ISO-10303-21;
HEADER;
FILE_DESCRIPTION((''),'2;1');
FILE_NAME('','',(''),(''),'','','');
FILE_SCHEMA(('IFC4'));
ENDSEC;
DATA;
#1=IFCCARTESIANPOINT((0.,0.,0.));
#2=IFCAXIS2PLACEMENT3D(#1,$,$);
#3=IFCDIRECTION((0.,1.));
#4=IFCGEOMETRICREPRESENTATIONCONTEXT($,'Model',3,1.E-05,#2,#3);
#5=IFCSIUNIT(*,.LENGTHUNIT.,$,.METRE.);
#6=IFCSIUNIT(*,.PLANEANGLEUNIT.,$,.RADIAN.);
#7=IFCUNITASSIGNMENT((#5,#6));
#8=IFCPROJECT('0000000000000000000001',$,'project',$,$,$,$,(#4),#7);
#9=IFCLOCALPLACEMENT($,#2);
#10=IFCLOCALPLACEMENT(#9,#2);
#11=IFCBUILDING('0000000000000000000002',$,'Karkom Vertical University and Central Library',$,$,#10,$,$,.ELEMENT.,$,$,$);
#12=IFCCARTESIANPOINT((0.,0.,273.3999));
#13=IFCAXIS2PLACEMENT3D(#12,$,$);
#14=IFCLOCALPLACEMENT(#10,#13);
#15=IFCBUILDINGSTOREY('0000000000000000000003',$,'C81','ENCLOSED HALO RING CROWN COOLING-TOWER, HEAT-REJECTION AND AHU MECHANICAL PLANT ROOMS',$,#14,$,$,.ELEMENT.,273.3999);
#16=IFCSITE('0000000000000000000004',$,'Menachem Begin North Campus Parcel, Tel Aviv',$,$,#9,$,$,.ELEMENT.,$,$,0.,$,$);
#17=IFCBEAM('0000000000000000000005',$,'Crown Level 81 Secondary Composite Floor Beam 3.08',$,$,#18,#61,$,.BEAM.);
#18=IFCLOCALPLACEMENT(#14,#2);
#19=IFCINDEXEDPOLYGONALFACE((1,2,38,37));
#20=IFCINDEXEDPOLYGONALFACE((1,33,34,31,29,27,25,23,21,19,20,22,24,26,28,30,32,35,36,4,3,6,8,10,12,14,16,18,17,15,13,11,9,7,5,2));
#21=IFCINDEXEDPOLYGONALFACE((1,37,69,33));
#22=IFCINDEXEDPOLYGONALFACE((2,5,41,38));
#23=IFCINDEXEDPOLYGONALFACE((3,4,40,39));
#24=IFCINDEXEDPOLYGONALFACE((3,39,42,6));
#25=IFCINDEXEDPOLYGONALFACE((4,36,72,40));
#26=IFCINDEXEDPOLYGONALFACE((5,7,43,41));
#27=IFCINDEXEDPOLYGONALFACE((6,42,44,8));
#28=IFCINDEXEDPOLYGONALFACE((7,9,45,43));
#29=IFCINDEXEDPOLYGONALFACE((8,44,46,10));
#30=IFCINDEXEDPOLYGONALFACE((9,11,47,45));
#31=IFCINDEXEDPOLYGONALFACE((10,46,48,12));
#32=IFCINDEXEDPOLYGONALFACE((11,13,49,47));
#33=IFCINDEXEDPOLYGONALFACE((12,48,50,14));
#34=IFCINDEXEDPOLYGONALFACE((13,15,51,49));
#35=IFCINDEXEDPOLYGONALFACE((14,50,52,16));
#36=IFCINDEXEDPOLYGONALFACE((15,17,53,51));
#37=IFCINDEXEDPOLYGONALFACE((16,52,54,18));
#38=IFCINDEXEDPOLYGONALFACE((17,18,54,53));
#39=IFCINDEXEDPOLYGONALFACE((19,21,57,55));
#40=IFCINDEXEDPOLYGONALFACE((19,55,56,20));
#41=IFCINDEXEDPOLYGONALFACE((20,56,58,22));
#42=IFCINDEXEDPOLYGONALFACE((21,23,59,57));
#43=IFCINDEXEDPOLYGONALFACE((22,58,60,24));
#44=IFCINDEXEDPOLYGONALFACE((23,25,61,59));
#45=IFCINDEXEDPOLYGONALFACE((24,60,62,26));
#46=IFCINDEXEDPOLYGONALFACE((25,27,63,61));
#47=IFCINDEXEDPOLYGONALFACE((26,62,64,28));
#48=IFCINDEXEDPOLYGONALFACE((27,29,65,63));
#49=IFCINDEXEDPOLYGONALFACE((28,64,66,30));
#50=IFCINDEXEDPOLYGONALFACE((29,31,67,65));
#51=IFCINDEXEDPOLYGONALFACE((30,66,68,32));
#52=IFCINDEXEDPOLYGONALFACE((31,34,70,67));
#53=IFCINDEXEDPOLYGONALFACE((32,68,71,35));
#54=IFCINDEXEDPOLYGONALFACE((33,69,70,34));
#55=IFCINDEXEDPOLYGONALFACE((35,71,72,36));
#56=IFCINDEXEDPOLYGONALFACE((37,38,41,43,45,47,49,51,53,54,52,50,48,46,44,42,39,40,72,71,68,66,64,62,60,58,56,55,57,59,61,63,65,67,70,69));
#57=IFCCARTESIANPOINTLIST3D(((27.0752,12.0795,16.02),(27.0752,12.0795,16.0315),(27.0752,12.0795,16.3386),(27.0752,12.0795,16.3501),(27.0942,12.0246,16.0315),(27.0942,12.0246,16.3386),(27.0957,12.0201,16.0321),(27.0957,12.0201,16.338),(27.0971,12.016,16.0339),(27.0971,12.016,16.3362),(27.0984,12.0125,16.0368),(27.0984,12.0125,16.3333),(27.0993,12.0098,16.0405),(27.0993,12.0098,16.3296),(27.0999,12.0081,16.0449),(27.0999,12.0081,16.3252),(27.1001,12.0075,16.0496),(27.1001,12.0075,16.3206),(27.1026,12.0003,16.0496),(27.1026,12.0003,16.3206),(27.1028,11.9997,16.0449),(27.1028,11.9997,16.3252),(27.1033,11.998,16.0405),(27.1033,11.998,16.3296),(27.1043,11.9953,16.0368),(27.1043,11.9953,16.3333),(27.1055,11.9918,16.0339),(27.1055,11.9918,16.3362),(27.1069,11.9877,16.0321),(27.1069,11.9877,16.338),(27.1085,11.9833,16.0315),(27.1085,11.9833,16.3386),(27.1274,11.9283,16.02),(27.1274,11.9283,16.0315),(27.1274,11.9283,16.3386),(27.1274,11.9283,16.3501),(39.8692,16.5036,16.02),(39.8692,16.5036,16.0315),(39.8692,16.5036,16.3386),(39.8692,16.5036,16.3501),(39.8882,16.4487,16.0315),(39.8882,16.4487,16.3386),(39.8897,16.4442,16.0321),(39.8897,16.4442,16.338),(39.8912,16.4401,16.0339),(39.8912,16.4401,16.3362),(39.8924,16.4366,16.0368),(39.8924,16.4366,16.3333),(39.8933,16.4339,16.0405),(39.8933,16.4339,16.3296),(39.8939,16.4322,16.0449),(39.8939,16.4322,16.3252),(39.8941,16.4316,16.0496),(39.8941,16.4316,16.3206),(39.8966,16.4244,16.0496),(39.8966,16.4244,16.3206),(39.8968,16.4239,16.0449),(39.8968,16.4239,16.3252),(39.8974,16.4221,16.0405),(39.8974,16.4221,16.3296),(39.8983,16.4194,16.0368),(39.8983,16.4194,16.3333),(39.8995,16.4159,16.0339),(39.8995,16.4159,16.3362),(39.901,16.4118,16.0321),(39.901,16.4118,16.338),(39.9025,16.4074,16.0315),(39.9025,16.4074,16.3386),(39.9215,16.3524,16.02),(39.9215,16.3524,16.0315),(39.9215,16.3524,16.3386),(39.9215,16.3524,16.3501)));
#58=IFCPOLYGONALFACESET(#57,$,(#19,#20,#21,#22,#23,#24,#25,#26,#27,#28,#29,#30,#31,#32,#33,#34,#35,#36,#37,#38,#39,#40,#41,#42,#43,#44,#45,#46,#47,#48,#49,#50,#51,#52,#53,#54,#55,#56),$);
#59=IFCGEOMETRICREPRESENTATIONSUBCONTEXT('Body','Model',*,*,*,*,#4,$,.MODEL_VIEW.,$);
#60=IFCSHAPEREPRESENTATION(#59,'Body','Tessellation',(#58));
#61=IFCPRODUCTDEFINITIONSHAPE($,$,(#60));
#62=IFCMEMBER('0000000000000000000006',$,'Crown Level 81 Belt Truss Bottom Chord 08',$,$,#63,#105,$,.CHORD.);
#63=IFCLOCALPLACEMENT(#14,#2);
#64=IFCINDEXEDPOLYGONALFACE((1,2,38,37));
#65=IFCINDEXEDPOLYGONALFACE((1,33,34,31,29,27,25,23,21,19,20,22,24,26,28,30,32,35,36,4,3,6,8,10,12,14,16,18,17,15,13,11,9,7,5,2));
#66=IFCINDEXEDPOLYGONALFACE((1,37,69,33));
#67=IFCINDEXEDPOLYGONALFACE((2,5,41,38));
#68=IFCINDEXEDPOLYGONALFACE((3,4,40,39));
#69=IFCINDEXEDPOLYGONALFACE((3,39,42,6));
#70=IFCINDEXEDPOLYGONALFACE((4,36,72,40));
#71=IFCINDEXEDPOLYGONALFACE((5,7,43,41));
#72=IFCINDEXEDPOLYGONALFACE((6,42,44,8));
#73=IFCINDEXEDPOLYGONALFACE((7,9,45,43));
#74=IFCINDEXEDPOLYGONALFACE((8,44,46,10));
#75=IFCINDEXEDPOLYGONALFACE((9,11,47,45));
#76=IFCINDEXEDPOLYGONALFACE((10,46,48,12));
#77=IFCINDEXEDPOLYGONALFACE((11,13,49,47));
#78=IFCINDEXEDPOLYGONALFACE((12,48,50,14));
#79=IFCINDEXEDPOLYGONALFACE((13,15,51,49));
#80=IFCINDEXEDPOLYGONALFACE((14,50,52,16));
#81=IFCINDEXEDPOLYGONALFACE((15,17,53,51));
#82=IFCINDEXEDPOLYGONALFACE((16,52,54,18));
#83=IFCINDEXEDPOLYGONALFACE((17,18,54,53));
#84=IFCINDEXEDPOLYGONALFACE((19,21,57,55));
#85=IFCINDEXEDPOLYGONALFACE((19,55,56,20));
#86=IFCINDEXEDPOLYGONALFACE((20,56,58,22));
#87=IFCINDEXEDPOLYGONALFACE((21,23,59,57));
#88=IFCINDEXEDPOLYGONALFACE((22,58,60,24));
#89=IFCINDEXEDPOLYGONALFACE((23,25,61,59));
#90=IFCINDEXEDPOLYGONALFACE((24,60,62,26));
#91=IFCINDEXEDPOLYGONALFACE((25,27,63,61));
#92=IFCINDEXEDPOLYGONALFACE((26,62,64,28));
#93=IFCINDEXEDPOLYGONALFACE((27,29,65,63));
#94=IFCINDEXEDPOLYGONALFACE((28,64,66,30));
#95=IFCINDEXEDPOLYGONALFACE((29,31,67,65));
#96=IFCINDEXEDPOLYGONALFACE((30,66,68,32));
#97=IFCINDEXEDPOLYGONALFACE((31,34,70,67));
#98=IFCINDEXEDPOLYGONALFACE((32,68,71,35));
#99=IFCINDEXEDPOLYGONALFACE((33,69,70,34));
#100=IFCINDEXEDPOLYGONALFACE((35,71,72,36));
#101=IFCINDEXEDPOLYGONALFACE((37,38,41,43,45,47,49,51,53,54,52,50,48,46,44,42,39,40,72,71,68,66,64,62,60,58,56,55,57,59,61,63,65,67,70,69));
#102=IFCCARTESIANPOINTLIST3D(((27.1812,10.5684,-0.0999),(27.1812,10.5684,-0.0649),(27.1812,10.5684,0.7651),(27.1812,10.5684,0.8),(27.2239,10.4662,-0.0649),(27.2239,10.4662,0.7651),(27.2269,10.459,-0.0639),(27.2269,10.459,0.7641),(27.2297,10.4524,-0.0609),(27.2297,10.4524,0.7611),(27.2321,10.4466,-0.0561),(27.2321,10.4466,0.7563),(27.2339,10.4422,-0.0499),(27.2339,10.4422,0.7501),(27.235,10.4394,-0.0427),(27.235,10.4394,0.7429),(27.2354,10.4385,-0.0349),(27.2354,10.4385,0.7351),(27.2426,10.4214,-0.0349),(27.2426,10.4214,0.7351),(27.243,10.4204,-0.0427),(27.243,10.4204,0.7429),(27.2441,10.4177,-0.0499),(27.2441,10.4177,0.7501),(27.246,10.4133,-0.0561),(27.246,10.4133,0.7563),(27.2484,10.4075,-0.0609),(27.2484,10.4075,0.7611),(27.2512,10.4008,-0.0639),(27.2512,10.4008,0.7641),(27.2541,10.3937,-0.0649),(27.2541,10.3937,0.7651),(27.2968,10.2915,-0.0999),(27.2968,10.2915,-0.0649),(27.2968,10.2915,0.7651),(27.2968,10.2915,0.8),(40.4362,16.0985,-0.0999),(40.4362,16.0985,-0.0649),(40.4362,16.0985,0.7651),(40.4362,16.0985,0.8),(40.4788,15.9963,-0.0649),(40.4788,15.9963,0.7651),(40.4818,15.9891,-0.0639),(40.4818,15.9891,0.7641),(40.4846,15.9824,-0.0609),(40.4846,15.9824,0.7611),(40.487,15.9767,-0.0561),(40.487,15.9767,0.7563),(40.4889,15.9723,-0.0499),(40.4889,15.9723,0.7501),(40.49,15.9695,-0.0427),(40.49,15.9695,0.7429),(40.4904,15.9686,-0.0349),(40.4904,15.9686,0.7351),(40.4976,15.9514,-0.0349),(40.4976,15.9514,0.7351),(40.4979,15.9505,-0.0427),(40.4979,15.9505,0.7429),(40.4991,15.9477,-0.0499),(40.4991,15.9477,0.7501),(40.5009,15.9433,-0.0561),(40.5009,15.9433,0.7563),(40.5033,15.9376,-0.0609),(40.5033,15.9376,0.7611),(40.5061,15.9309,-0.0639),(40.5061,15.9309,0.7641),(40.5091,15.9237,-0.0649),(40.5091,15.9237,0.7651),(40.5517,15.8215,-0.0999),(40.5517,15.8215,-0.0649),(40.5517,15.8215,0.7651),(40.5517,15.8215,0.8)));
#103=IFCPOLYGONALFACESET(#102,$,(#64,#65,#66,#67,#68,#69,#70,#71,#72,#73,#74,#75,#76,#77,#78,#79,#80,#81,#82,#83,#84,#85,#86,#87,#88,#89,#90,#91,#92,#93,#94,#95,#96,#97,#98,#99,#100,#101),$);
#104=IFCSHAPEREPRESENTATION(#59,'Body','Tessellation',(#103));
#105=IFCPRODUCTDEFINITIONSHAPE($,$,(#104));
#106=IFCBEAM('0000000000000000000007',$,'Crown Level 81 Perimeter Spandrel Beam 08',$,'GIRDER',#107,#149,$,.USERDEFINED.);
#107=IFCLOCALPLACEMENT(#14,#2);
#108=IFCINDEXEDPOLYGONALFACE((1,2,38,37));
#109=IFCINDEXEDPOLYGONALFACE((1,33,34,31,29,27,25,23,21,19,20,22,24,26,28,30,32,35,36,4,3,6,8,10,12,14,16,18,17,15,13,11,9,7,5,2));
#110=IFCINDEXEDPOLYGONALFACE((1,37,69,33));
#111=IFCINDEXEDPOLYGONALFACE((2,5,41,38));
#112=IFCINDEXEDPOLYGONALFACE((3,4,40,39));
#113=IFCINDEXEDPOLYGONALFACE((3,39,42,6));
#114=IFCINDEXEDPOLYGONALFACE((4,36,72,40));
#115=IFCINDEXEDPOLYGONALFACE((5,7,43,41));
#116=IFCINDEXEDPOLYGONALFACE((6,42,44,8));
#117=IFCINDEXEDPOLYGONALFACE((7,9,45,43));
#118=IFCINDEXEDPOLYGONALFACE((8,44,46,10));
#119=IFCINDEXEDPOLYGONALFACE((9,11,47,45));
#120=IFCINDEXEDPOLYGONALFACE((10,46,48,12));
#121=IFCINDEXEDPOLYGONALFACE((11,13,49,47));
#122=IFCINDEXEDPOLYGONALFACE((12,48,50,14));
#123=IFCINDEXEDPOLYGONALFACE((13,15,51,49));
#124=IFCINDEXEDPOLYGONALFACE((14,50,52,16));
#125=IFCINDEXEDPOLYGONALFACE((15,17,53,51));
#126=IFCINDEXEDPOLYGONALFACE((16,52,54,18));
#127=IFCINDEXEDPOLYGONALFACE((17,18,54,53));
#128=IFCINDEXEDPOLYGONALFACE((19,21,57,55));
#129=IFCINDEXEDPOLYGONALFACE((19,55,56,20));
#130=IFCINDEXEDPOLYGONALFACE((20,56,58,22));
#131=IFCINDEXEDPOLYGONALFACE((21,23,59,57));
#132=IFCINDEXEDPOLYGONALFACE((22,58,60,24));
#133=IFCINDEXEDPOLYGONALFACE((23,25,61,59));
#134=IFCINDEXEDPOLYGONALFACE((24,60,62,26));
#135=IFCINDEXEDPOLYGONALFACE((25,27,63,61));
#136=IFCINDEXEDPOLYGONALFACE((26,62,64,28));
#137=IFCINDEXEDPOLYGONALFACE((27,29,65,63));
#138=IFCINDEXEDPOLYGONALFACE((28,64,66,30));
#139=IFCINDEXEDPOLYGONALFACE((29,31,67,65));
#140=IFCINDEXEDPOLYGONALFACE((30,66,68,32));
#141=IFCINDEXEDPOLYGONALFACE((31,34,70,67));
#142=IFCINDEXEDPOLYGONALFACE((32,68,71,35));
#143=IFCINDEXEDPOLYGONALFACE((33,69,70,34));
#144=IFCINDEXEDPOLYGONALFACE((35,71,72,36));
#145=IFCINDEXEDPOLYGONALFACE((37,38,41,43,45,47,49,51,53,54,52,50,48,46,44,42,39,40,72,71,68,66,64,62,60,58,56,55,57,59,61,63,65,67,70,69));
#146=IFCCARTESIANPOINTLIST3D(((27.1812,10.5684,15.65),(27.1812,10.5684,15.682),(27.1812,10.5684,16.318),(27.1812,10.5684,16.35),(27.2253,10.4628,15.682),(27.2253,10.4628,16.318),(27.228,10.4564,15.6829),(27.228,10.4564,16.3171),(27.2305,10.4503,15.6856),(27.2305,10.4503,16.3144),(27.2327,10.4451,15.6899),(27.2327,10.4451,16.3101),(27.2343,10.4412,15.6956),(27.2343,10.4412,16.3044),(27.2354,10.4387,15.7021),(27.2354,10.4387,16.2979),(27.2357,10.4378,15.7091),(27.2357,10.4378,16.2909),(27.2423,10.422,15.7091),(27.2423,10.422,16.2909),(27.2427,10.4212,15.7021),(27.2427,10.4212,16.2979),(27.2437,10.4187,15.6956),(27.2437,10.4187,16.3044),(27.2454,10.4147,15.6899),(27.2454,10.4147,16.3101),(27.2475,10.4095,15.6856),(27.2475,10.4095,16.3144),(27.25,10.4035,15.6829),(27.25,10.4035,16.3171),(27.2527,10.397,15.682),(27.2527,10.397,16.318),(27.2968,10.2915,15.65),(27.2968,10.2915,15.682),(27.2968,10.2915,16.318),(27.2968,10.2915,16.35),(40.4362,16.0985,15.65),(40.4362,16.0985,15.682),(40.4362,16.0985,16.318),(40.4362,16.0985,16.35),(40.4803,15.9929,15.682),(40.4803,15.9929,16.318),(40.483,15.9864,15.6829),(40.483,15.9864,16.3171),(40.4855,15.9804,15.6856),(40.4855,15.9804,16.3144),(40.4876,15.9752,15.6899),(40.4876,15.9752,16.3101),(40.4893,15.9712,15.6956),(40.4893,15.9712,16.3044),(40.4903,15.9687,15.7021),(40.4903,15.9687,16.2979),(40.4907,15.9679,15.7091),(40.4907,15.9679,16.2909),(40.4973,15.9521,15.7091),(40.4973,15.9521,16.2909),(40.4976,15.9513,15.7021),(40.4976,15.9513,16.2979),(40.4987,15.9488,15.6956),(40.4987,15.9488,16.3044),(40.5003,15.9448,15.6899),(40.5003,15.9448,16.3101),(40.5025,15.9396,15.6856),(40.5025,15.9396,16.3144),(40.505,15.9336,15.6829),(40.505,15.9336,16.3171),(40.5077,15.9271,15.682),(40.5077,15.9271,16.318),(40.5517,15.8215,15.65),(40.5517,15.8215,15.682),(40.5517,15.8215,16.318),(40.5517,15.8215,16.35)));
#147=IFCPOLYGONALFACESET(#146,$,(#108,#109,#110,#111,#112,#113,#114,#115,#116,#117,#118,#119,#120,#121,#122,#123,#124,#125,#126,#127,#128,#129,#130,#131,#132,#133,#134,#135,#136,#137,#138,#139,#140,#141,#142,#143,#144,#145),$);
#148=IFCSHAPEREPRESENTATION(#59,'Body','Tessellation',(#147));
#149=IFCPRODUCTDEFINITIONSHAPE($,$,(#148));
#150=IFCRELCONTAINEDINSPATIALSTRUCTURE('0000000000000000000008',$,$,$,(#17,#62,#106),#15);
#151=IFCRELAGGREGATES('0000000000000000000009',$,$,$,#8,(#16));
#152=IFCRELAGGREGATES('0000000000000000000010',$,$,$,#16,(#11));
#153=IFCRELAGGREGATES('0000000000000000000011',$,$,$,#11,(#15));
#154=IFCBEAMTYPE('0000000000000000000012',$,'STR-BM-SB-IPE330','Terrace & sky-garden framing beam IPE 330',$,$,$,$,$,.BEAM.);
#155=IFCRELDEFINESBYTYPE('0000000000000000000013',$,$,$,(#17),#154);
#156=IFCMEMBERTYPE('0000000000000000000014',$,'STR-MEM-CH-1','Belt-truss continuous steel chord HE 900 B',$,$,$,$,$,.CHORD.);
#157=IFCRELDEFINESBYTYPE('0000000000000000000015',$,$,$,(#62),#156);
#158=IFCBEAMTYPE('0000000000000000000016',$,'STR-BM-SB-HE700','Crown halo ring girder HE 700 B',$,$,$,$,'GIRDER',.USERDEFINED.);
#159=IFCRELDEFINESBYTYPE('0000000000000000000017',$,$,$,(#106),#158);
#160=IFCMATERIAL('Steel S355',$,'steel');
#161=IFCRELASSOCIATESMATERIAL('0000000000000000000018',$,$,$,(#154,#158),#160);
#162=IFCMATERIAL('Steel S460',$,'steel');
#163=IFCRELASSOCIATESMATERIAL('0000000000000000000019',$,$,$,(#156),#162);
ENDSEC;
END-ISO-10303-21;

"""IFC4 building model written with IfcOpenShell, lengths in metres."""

from ifc_helpers import new_model, si_unit, direction, frame, origin, origin_with_axes, origin_2d, place, context, subcontext, project, spatial, i_section, extrude, source, transform, mapped, material, material_profile, profile_set, type_object, element, save


model = new_model("IFC4")

# Units and contexts
model_context = context("Model", 3, precision=1e-05, world=origin(), true_north=direction((0.0, 1.0)))
body_context = subcontext(model_context, "Body", "Model", "MODEL_VIEW")
ifc_project = project(units=[si_unit("LENGTHUNIT", "METRE"), si_unit("PLANEANGLEUNIT", "RADIAN")], contexts=[model_context])

# Site, building, storey
site_placement = place(None, origin())
site = spatial("IfcSite", under=ifc_project, at=site_placement, Name="Menachem Begin North Campus Parcel, Tel Aviv", CompositionType="ELEMENT", RefElevation=0.0)
building_placement = place(site_placement, origin())
building = spatial("IfcBuilding", under=site, at=building_placement, Name="Karkom Vertical University and Central Library", CompositionType="ELEMENT")
storey_placement = place(building_placement, frame((0.0, 0.0, 273.3999)))
storey = spatial("IfcBuildingStorey", under=building, at=storey_placement, Name="C81", Description="ENCLOSED HALO RING CROWN COOLING-TOWER, HEAT-REJECTION AND AHU MECHANICAL PLANT ROOMS", CompositionType="ELEMENT", Elevation=273.3999)

# Beam
ifc_material_1 = material(Name="Steel S355", Category="steel")
ifc_material_profile_1 = material_profile(ifc_material_1, i_section(OverallWidth=0.1599, OverallDepth=0.3301, WebThickness=0.0076, FlangeThickness=0.0115, FilletRadius=0.0181, at=origin_2d()), Name="IPE 330")
ifc_profile_set_1 = profile_set([ifc_material_profile_1], Name="Steel S355")
beam_type_1 = type_object("IfcBeamType", Name="STR-BM-SB-IPE330", Description="Terrace & sky-garden framing beam IPE 330", PredefinedType="BEAM", material=ifc_profile_set_1)
shared_shape_1 = source(origin_with_axes(), body_context, "Body", "SweptSolid", [
    extrude(i_section(OverallWidth=0.1599, OverallDepth=0.3301, WebThickness=0.0076, FlangeThickness=0.0115, FilletRadius=0.0181, at=origin_2d()), origin(), (0.0, 0.0, 1.0), 13.5374),
])
beam_1_placement = place(storey_placement, frame((27.1013, 12.0039, 16.1851), z_axis=(0.945091, 0.326807, 0.0), x_axis=(-0.326807, 0.945091, 0.0)))
element("IfcBeam", 1, at=beam_1_placement, inside=storey, type_object=beam_type_1, Name="Crown Level 81 Secondary Composite Floor Beam 3.08", PredefinedType="BEAM", context=body_context, shape_type="MappedRepresentation", body=[
    mapped(shared_shape_1, transform((0.0, 0.0, 0.0), scale=1.0)),
])

# Member
ifc_material_2 = material(Name="Steel S460", Category="steel")
ifc_material_profile_2 = material_profile(ifc_material_2, i_section(OverallWidth=0.3, OverallDepth=0.8999, WebThickness=0.0186, FlangeThickness=0.0349, FilletRadius=0.03, at=origin_2d()), Name="HE 900 B")
ifc_profile_set_2 = profile_set([ifc_material_profile_2], Name="Steel S460")
member_type_1 = type_object("IfcMemberType", Name="STR-MEM-CH-1", Description="Belt-truss continuous steel chord HE 900 B", PredefinedType="CHORD", material=ifc_profile_set_2)
shared_shape_2 = source(origin_with_axes(), body_context, "Body", "SweptSolid", [
    extrude(i_section(OverallWidth=0.3, OverallDepth=0.8999, WebThickness=0.0186, FlangeThickness=0.0349, FilletRadius=0.03, at=origin_2d()), origin(), (0.0, 0.0, 1.0), 14.3623),
])
member_1_placement = place(storey_placement, frame((27.239, 10.4299, 0.3501), z_axis=(0.9229, 0.38504, 0.0), x_axis=(-0.38504, 0.9229, 0.0)))
element("IfcMember", 2, at=member_1_placement, inside=storey, type_object=member_type_1, Name="Crown Level 81 Belt Truss Bottom Chord 08", PredefinedType="CHORD", context=body_context, shape_type="MappedRepresentation", body=[
    mapped(shared_shape_2, transform((0.0, 0.0, 0.0), scale=1.0)),
])

# Beam
ifc_material_profile_3 = material_profile(ifc_material_1, i_section(OverallWidth=0.3, OverallDepth=0.7, WebThickness=0.0171, FlangeThickness=0.032, FilletRadius=0.0271, at=origin_2d()), Name="HE 700 B")
ifc_profile_set_3 = profile_set([ifc_material_profile_3], Name="Steel S355")
beam_type_2 = type_object("IfcBeamType", Name="STR-BM-SB-HE700", Description="Crown halo ring girder HE 700 B", ElementType="GIRDER", PredefinedType="USERDEFINED", material=ifc_profile_set_3)
shared_shape_3 = source(origin_with_axes(), body_context, "Body", "SweptSolid", [
    extrude(i_section(OverallWidth=0.3, OverallDepth=0.7, WebThickness=0.0171, FlangeThickness=0.032, FilletRadius=0.0271, at=origin_2d()), origin(), (0.0, 0.0, 1.0), 14.3623),
])
beam_2_placement = place(storey_placement, frame((27.239, 10.4299, 16.0), z_axis=(0.9229, 0.38504, 0.0), x_axis=(-0.38504, 0.9229, 0.0)))
element("IfcBeam", 3, at=beam_2_placement, inside=storey, type_object=beam_type_2, Name="Crown Level 81 Perimeter Spandrel Beam 08", ObjectType="GIRDER", PredefinedType="USERDEFINED", context=body_context, shape_type="MappedRepresentation", body=[
    mapped(shared_shape_3, transform((0.0, 0.0, 0.0), scale=1.0)),
])

save(model, "model.ifc")
